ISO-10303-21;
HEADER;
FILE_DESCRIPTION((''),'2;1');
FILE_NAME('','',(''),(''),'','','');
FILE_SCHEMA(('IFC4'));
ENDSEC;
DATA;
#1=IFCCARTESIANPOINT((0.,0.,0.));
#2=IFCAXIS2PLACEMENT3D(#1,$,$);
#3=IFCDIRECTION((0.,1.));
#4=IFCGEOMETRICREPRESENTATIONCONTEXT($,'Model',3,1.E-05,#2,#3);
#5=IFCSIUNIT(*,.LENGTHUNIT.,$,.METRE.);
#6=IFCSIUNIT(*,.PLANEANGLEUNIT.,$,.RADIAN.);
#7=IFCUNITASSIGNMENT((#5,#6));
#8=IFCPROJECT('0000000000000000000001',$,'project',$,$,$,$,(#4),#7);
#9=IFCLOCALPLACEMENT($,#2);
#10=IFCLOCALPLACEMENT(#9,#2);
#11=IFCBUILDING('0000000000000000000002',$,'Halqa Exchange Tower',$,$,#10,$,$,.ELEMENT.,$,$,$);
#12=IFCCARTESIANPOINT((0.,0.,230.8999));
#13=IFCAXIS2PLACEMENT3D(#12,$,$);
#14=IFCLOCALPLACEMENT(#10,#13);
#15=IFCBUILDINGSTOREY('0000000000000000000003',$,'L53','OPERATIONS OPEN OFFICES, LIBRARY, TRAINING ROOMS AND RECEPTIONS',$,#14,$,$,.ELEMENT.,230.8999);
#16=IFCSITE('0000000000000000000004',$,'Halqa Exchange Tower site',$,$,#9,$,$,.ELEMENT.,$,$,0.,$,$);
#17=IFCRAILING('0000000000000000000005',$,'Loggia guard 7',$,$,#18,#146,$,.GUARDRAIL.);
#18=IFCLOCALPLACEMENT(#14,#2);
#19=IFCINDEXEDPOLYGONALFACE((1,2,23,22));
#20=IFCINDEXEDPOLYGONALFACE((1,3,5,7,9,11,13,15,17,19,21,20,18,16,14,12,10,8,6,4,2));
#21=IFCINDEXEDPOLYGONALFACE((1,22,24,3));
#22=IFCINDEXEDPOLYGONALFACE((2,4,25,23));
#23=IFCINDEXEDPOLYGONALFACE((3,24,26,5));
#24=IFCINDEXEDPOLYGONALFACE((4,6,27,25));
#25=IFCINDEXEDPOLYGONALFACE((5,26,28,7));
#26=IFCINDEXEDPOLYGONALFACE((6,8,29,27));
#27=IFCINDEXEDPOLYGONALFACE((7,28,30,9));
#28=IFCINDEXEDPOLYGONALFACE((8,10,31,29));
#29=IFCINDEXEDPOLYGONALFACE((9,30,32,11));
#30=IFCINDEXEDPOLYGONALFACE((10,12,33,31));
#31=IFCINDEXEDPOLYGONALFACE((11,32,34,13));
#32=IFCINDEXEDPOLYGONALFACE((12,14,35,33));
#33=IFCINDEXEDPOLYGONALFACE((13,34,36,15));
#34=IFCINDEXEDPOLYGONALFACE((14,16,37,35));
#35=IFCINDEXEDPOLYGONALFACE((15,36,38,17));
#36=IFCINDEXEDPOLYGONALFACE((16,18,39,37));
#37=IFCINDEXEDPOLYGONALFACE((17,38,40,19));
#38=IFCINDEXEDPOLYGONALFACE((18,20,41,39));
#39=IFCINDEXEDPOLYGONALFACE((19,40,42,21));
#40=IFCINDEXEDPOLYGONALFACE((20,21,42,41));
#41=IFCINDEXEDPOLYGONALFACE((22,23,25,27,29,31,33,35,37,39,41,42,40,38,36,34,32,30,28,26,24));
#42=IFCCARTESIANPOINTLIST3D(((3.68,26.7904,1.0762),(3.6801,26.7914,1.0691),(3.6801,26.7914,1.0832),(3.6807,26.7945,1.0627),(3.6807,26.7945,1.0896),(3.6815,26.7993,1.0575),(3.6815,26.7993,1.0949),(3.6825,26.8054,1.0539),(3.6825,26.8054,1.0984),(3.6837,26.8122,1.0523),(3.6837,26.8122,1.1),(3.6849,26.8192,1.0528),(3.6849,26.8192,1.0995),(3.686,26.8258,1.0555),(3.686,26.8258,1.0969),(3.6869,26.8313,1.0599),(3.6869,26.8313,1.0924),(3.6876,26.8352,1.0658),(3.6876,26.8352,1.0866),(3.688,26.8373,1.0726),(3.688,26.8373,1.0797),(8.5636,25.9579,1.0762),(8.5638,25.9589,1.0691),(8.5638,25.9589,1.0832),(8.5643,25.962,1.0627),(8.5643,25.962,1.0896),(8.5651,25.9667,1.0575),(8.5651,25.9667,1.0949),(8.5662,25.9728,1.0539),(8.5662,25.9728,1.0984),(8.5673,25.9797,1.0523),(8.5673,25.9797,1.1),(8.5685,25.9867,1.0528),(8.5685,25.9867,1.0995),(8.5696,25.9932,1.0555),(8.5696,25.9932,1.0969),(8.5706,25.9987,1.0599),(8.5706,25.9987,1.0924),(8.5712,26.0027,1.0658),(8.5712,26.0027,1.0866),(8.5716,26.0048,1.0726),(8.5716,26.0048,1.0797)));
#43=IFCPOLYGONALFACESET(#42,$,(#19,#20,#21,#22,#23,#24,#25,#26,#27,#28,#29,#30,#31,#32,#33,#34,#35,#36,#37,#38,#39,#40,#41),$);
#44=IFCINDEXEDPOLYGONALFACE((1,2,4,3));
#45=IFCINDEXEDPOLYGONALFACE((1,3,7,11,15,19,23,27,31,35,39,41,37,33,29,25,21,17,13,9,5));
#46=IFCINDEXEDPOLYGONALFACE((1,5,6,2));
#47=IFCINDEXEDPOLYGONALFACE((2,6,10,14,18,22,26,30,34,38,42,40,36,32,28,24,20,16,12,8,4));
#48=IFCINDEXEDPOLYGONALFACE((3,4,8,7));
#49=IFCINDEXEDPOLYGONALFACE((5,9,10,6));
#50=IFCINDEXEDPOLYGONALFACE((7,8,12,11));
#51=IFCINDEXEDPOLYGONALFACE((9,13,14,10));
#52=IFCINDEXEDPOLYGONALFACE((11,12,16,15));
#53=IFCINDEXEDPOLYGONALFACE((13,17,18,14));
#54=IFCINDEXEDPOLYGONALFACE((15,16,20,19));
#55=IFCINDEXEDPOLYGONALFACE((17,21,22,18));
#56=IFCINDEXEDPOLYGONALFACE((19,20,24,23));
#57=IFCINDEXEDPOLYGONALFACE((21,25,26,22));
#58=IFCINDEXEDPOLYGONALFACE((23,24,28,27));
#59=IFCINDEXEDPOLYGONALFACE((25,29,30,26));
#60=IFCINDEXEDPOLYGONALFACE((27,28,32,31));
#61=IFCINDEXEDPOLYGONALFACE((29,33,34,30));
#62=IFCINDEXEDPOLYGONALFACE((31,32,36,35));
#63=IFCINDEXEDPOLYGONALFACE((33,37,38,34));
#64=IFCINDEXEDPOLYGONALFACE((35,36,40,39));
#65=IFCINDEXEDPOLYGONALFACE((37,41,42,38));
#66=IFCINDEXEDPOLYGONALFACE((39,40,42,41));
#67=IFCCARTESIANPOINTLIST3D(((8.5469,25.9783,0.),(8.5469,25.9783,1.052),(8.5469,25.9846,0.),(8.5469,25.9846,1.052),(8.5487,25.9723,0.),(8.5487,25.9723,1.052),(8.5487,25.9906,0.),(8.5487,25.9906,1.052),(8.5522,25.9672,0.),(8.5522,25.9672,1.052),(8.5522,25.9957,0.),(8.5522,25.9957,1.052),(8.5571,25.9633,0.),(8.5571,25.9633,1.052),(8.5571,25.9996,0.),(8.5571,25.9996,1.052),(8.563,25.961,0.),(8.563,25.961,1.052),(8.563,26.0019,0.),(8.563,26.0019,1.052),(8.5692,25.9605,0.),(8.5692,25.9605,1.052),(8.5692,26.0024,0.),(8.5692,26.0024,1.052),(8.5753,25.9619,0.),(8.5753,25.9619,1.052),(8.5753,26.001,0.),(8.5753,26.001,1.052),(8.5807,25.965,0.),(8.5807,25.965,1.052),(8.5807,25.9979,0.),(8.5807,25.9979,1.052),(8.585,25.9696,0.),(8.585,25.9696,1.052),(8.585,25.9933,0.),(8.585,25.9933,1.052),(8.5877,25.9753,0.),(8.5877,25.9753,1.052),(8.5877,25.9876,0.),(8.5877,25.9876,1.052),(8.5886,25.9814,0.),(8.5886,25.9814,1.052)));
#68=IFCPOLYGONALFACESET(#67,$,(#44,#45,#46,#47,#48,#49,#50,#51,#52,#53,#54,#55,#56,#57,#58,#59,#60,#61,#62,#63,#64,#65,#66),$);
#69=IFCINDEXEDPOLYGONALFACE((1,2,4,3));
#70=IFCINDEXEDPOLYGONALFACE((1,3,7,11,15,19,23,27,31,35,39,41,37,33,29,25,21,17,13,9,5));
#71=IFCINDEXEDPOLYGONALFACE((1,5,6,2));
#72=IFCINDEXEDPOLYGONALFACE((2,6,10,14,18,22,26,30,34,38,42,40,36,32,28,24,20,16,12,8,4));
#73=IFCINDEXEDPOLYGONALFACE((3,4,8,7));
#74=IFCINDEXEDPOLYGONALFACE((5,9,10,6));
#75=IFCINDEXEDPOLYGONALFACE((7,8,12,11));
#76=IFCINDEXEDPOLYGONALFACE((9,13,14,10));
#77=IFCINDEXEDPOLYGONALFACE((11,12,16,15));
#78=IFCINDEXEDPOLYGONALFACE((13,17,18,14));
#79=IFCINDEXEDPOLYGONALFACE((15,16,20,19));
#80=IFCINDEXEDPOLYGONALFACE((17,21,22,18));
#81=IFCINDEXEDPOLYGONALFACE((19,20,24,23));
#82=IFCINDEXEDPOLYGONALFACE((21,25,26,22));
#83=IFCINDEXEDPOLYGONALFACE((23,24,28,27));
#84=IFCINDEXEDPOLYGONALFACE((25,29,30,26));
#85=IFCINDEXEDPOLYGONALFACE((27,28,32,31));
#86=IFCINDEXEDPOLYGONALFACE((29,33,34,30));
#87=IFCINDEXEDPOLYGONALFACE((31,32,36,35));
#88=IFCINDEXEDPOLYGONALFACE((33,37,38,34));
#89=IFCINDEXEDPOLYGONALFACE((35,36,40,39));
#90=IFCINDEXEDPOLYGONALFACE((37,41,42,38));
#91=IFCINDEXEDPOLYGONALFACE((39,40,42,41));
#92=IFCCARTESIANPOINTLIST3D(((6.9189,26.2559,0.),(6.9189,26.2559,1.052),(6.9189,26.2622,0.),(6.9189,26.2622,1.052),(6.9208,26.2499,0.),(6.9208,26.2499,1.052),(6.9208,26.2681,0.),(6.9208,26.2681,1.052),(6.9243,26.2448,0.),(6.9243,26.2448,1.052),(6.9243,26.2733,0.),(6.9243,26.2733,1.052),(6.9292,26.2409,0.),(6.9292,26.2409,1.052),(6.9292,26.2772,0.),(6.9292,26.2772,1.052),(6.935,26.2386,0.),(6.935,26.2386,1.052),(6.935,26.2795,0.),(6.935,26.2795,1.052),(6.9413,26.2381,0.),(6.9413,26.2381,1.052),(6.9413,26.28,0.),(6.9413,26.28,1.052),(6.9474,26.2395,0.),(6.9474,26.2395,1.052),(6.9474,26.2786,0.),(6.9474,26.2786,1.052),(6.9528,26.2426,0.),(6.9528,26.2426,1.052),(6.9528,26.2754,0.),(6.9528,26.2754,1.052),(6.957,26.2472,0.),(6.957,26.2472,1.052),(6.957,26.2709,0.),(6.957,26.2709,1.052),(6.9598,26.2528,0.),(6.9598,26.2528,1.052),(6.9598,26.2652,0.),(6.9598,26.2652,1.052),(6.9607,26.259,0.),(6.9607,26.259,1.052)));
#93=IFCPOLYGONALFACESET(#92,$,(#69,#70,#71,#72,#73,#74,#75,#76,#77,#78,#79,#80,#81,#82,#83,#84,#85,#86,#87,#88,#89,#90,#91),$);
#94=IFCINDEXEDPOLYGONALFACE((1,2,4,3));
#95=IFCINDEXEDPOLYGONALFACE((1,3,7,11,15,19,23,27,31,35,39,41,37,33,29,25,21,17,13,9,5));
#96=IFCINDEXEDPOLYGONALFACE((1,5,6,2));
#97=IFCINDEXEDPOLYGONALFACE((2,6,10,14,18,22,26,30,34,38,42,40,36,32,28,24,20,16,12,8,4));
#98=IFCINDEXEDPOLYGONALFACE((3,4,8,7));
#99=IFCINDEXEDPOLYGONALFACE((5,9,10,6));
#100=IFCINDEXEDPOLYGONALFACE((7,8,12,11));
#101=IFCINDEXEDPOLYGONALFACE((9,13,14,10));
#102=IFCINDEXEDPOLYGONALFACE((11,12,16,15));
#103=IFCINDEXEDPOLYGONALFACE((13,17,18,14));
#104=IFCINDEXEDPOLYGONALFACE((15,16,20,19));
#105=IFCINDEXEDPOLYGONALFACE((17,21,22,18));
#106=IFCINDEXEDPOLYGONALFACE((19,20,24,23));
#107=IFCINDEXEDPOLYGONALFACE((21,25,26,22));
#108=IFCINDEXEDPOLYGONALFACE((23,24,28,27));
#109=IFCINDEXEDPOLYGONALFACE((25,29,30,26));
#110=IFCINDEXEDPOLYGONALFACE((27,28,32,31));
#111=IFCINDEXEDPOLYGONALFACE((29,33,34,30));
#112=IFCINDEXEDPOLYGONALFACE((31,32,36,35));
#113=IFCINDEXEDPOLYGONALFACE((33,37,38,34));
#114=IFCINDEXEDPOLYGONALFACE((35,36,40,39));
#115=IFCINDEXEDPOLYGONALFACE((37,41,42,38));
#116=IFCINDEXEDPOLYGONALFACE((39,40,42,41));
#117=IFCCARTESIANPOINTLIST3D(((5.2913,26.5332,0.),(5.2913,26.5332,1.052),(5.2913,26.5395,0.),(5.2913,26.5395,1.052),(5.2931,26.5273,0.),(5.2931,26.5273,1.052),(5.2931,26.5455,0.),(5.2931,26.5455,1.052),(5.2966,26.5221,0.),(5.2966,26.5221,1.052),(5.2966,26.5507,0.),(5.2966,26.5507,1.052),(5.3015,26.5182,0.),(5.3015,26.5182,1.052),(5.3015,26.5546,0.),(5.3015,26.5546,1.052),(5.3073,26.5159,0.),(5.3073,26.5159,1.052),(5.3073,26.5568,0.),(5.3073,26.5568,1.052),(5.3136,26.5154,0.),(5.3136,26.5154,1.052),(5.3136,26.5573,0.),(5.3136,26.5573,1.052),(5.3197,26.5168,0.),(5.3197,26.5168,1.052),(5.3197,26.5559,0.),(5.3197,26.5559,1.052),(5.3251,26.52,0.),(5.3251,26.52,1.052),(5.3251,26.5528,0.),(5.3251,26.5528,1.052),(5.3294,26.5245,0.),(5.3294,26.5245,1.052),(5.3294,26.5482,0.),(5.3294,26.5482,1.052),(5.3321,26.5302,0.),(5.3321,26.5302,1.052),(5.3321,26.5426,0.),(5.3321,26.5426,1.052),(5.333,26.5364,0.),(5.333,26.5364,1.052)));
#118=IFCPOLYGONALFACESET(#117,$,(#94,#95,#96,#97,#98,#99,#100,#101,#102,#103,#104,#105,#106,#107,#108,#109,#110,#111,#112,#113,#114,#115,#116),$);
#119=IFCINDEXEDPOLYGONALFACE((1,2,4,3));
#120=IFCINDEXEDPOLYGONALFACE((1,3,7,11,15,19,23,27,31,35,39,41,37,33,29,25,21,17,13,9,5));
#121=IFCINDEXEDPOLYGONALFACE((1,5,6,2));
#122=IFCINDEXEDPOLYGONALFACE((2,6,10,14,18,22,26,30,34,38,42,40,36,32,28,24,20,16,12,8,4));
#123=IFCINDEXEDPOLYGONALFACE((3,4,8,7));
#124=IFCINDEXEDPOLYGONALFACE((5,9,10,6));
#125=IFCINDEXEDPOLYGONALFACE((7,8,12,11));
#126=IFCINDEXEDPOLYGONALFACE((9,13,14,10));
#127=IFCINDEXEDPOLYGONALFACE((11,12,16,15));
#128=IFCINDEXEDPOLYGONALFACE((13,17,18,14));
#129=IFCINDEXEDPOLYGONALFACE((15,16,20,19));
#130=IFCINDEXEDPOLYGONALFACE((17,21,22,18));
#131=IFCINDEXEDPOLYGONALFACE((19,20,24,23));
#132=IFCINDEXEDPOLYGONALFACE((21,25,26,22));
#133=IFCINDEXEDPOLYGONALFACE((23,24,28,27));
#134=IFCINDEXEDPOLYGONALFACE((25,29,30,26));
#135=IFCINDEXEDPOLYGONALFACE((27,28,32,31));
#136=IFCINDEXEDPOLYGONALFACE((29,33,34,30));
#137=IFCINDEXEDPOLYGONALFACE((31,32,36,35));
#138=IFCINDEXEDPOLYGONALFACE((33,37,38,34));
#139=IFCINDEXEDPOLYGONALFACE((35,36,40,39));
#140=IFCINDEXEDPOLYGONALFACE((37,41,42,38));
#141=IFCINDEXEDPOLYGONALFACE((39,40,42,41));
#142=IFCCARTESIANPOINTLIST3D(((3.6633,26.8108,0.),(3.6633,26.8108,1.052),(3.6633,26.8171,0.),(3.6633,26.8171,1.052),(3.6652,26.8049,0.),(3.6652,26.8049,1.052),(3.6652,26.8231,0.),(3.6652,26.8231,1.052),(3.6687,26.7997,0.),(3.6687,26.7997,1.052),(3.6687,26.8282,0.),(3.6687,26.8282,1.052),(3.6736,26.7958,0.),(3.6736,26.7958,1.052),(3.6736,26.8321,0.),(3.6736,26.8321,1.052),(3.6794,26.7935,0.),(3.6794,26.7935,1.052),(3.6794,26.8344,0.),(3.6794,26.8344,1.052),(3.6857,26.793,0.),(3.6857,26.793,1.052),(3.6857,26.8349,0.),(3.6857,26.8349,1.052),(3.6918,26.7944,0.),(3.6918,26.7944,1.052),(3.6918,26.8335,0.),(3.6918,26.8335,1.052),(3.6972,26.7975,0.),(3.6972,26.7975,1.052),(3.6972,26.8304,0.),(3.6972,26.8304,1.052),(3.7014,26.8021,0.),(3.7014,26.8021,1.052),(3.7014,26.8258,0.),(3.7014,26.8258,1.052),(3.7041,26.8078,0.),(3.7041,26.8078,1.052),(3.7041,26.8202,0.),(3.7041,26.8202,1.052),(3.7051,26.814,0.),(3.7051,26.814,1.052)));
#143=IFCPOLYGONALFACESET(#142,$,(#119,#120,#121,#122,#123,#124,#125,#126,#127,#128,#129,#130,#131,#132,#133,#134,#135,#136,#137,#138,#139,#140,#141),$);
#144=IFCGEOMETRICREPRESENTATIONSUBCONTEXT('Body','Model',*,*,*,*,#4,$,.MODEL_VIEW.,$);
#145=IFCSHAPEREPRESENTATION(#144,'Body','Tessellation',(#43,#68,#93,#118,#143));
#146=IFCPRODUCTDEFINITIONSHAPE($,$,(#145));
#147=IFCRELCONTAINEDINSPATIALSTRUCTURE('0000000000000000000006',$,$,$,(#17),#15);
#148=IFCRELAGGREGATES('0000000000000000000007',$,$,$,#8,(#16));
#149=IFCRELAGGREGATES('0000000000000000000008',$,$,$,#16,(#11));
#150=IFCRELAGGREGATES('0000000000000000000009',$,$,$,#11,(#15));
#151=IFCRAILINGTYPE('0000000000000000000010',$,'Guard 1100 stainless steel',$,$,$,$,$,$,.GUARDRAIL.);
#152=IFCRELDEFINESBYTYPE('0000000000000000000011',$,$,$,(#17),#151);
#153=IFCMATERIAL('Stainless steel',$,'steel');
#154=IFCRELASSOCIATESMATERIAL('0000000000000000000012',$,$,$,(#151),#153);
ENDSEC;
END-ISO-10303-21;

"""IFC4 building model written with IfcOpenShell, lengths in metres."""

from ifc_helpers import new_model, si_unit, direction, frame, origin, origin_2d, place, context, subcontext, project, spatial, circle, extrude, material, type_object, element, save


model = new_model("IFC4")

# Units and contexts
model_context = context("Model", 3, precision=1e-05, world=origin(), true_north=direction((0.0, 1.0)))
body_context = subcontext(model_context, "Body", "Model", "MODEL_VIEW")
ifc_project = project(units=[si_unit("LENGTHUNIT", "METRE"), si_unit("PLANEANGLEUNIT", "RADIAN")], contexts=[model_context])

# Site, building, storey
site_placement = place(None, origin())
site = spatial("IfcSite", under=ifc_project, at=site_placement, Name="Halqa Exchange Tower site", CompositionType="ELEMENT", RefElevation=0.0)
building_placement = place(site_placement, origin())
building = spatial("IfcBuilding", under=site, at=building_placement, Name="Halqa Exchange Tower", CompositionType="ELEMENT")
storey_placement = place(building_placement, frame((0.0, 0.0, 230.8999)))
storey = spatial("IfcBuildingStorey", under=building, at=storey_placement, Name="L53", Description="OPERATIONS OPEN OFFICES, LIBRARY, TRAINING ROOMS AND RECEPTIONS", CompositionType="ELEMENT", Elevation=230.8999)

# Railing
ifc_material_1 = material(Name="Stainless steel", Category="steel")
railing_type_1 = type_object("IfcRailingType", Name="Guard 1100 stainless steel", PredefinedType="GUARDRAIL", material=ifc_material_1)
railing_1_placement = place(storey_placement, frame((8.5676, 25.9814, 0.0)))
element("IfcRailing", 1, at=railing_1_placement, inside=storey, type_object=railing_type_1, Name="Loggia guard 7", PredefinedType="GUARDRAIL", context=body_context, shape_type="SweptSolid", body=[
    extrude(circle(Radius=0.0239, at=origin_2d()), frame((0.0, 0.0, 1.0762), z_axis=(-0.985778, 0.16805, 0.0), x_axis=(-0.16805, -0.985778, 0.0)), (0.0, 0.0, 1.0), 4.9541),
    extrude(circle(Radius=0.021, at=origin_2d()), origin(), (0.0, 0.0, 1.0), 1.052),
    extrude(circle(Radius=0.021, at=origin_2d()), frame((-1.6279, 0.2776, 0.0)), (0.0, 0.0, 1.0), 1.052),
    extrude(circle(Radius=0.021, at=origin_2d()), frame((-3.2556, 0.5549, 0.0)), (0.0, 0.0, 1.0), 1.052),
    extrude(circle(Radius=0.021, at=origin_2d()), frame((-4.8835, 0.8325, 0.0)), (0.0, 0.0, 1.0), 1.052),
])

save(model, "model.ifc")
